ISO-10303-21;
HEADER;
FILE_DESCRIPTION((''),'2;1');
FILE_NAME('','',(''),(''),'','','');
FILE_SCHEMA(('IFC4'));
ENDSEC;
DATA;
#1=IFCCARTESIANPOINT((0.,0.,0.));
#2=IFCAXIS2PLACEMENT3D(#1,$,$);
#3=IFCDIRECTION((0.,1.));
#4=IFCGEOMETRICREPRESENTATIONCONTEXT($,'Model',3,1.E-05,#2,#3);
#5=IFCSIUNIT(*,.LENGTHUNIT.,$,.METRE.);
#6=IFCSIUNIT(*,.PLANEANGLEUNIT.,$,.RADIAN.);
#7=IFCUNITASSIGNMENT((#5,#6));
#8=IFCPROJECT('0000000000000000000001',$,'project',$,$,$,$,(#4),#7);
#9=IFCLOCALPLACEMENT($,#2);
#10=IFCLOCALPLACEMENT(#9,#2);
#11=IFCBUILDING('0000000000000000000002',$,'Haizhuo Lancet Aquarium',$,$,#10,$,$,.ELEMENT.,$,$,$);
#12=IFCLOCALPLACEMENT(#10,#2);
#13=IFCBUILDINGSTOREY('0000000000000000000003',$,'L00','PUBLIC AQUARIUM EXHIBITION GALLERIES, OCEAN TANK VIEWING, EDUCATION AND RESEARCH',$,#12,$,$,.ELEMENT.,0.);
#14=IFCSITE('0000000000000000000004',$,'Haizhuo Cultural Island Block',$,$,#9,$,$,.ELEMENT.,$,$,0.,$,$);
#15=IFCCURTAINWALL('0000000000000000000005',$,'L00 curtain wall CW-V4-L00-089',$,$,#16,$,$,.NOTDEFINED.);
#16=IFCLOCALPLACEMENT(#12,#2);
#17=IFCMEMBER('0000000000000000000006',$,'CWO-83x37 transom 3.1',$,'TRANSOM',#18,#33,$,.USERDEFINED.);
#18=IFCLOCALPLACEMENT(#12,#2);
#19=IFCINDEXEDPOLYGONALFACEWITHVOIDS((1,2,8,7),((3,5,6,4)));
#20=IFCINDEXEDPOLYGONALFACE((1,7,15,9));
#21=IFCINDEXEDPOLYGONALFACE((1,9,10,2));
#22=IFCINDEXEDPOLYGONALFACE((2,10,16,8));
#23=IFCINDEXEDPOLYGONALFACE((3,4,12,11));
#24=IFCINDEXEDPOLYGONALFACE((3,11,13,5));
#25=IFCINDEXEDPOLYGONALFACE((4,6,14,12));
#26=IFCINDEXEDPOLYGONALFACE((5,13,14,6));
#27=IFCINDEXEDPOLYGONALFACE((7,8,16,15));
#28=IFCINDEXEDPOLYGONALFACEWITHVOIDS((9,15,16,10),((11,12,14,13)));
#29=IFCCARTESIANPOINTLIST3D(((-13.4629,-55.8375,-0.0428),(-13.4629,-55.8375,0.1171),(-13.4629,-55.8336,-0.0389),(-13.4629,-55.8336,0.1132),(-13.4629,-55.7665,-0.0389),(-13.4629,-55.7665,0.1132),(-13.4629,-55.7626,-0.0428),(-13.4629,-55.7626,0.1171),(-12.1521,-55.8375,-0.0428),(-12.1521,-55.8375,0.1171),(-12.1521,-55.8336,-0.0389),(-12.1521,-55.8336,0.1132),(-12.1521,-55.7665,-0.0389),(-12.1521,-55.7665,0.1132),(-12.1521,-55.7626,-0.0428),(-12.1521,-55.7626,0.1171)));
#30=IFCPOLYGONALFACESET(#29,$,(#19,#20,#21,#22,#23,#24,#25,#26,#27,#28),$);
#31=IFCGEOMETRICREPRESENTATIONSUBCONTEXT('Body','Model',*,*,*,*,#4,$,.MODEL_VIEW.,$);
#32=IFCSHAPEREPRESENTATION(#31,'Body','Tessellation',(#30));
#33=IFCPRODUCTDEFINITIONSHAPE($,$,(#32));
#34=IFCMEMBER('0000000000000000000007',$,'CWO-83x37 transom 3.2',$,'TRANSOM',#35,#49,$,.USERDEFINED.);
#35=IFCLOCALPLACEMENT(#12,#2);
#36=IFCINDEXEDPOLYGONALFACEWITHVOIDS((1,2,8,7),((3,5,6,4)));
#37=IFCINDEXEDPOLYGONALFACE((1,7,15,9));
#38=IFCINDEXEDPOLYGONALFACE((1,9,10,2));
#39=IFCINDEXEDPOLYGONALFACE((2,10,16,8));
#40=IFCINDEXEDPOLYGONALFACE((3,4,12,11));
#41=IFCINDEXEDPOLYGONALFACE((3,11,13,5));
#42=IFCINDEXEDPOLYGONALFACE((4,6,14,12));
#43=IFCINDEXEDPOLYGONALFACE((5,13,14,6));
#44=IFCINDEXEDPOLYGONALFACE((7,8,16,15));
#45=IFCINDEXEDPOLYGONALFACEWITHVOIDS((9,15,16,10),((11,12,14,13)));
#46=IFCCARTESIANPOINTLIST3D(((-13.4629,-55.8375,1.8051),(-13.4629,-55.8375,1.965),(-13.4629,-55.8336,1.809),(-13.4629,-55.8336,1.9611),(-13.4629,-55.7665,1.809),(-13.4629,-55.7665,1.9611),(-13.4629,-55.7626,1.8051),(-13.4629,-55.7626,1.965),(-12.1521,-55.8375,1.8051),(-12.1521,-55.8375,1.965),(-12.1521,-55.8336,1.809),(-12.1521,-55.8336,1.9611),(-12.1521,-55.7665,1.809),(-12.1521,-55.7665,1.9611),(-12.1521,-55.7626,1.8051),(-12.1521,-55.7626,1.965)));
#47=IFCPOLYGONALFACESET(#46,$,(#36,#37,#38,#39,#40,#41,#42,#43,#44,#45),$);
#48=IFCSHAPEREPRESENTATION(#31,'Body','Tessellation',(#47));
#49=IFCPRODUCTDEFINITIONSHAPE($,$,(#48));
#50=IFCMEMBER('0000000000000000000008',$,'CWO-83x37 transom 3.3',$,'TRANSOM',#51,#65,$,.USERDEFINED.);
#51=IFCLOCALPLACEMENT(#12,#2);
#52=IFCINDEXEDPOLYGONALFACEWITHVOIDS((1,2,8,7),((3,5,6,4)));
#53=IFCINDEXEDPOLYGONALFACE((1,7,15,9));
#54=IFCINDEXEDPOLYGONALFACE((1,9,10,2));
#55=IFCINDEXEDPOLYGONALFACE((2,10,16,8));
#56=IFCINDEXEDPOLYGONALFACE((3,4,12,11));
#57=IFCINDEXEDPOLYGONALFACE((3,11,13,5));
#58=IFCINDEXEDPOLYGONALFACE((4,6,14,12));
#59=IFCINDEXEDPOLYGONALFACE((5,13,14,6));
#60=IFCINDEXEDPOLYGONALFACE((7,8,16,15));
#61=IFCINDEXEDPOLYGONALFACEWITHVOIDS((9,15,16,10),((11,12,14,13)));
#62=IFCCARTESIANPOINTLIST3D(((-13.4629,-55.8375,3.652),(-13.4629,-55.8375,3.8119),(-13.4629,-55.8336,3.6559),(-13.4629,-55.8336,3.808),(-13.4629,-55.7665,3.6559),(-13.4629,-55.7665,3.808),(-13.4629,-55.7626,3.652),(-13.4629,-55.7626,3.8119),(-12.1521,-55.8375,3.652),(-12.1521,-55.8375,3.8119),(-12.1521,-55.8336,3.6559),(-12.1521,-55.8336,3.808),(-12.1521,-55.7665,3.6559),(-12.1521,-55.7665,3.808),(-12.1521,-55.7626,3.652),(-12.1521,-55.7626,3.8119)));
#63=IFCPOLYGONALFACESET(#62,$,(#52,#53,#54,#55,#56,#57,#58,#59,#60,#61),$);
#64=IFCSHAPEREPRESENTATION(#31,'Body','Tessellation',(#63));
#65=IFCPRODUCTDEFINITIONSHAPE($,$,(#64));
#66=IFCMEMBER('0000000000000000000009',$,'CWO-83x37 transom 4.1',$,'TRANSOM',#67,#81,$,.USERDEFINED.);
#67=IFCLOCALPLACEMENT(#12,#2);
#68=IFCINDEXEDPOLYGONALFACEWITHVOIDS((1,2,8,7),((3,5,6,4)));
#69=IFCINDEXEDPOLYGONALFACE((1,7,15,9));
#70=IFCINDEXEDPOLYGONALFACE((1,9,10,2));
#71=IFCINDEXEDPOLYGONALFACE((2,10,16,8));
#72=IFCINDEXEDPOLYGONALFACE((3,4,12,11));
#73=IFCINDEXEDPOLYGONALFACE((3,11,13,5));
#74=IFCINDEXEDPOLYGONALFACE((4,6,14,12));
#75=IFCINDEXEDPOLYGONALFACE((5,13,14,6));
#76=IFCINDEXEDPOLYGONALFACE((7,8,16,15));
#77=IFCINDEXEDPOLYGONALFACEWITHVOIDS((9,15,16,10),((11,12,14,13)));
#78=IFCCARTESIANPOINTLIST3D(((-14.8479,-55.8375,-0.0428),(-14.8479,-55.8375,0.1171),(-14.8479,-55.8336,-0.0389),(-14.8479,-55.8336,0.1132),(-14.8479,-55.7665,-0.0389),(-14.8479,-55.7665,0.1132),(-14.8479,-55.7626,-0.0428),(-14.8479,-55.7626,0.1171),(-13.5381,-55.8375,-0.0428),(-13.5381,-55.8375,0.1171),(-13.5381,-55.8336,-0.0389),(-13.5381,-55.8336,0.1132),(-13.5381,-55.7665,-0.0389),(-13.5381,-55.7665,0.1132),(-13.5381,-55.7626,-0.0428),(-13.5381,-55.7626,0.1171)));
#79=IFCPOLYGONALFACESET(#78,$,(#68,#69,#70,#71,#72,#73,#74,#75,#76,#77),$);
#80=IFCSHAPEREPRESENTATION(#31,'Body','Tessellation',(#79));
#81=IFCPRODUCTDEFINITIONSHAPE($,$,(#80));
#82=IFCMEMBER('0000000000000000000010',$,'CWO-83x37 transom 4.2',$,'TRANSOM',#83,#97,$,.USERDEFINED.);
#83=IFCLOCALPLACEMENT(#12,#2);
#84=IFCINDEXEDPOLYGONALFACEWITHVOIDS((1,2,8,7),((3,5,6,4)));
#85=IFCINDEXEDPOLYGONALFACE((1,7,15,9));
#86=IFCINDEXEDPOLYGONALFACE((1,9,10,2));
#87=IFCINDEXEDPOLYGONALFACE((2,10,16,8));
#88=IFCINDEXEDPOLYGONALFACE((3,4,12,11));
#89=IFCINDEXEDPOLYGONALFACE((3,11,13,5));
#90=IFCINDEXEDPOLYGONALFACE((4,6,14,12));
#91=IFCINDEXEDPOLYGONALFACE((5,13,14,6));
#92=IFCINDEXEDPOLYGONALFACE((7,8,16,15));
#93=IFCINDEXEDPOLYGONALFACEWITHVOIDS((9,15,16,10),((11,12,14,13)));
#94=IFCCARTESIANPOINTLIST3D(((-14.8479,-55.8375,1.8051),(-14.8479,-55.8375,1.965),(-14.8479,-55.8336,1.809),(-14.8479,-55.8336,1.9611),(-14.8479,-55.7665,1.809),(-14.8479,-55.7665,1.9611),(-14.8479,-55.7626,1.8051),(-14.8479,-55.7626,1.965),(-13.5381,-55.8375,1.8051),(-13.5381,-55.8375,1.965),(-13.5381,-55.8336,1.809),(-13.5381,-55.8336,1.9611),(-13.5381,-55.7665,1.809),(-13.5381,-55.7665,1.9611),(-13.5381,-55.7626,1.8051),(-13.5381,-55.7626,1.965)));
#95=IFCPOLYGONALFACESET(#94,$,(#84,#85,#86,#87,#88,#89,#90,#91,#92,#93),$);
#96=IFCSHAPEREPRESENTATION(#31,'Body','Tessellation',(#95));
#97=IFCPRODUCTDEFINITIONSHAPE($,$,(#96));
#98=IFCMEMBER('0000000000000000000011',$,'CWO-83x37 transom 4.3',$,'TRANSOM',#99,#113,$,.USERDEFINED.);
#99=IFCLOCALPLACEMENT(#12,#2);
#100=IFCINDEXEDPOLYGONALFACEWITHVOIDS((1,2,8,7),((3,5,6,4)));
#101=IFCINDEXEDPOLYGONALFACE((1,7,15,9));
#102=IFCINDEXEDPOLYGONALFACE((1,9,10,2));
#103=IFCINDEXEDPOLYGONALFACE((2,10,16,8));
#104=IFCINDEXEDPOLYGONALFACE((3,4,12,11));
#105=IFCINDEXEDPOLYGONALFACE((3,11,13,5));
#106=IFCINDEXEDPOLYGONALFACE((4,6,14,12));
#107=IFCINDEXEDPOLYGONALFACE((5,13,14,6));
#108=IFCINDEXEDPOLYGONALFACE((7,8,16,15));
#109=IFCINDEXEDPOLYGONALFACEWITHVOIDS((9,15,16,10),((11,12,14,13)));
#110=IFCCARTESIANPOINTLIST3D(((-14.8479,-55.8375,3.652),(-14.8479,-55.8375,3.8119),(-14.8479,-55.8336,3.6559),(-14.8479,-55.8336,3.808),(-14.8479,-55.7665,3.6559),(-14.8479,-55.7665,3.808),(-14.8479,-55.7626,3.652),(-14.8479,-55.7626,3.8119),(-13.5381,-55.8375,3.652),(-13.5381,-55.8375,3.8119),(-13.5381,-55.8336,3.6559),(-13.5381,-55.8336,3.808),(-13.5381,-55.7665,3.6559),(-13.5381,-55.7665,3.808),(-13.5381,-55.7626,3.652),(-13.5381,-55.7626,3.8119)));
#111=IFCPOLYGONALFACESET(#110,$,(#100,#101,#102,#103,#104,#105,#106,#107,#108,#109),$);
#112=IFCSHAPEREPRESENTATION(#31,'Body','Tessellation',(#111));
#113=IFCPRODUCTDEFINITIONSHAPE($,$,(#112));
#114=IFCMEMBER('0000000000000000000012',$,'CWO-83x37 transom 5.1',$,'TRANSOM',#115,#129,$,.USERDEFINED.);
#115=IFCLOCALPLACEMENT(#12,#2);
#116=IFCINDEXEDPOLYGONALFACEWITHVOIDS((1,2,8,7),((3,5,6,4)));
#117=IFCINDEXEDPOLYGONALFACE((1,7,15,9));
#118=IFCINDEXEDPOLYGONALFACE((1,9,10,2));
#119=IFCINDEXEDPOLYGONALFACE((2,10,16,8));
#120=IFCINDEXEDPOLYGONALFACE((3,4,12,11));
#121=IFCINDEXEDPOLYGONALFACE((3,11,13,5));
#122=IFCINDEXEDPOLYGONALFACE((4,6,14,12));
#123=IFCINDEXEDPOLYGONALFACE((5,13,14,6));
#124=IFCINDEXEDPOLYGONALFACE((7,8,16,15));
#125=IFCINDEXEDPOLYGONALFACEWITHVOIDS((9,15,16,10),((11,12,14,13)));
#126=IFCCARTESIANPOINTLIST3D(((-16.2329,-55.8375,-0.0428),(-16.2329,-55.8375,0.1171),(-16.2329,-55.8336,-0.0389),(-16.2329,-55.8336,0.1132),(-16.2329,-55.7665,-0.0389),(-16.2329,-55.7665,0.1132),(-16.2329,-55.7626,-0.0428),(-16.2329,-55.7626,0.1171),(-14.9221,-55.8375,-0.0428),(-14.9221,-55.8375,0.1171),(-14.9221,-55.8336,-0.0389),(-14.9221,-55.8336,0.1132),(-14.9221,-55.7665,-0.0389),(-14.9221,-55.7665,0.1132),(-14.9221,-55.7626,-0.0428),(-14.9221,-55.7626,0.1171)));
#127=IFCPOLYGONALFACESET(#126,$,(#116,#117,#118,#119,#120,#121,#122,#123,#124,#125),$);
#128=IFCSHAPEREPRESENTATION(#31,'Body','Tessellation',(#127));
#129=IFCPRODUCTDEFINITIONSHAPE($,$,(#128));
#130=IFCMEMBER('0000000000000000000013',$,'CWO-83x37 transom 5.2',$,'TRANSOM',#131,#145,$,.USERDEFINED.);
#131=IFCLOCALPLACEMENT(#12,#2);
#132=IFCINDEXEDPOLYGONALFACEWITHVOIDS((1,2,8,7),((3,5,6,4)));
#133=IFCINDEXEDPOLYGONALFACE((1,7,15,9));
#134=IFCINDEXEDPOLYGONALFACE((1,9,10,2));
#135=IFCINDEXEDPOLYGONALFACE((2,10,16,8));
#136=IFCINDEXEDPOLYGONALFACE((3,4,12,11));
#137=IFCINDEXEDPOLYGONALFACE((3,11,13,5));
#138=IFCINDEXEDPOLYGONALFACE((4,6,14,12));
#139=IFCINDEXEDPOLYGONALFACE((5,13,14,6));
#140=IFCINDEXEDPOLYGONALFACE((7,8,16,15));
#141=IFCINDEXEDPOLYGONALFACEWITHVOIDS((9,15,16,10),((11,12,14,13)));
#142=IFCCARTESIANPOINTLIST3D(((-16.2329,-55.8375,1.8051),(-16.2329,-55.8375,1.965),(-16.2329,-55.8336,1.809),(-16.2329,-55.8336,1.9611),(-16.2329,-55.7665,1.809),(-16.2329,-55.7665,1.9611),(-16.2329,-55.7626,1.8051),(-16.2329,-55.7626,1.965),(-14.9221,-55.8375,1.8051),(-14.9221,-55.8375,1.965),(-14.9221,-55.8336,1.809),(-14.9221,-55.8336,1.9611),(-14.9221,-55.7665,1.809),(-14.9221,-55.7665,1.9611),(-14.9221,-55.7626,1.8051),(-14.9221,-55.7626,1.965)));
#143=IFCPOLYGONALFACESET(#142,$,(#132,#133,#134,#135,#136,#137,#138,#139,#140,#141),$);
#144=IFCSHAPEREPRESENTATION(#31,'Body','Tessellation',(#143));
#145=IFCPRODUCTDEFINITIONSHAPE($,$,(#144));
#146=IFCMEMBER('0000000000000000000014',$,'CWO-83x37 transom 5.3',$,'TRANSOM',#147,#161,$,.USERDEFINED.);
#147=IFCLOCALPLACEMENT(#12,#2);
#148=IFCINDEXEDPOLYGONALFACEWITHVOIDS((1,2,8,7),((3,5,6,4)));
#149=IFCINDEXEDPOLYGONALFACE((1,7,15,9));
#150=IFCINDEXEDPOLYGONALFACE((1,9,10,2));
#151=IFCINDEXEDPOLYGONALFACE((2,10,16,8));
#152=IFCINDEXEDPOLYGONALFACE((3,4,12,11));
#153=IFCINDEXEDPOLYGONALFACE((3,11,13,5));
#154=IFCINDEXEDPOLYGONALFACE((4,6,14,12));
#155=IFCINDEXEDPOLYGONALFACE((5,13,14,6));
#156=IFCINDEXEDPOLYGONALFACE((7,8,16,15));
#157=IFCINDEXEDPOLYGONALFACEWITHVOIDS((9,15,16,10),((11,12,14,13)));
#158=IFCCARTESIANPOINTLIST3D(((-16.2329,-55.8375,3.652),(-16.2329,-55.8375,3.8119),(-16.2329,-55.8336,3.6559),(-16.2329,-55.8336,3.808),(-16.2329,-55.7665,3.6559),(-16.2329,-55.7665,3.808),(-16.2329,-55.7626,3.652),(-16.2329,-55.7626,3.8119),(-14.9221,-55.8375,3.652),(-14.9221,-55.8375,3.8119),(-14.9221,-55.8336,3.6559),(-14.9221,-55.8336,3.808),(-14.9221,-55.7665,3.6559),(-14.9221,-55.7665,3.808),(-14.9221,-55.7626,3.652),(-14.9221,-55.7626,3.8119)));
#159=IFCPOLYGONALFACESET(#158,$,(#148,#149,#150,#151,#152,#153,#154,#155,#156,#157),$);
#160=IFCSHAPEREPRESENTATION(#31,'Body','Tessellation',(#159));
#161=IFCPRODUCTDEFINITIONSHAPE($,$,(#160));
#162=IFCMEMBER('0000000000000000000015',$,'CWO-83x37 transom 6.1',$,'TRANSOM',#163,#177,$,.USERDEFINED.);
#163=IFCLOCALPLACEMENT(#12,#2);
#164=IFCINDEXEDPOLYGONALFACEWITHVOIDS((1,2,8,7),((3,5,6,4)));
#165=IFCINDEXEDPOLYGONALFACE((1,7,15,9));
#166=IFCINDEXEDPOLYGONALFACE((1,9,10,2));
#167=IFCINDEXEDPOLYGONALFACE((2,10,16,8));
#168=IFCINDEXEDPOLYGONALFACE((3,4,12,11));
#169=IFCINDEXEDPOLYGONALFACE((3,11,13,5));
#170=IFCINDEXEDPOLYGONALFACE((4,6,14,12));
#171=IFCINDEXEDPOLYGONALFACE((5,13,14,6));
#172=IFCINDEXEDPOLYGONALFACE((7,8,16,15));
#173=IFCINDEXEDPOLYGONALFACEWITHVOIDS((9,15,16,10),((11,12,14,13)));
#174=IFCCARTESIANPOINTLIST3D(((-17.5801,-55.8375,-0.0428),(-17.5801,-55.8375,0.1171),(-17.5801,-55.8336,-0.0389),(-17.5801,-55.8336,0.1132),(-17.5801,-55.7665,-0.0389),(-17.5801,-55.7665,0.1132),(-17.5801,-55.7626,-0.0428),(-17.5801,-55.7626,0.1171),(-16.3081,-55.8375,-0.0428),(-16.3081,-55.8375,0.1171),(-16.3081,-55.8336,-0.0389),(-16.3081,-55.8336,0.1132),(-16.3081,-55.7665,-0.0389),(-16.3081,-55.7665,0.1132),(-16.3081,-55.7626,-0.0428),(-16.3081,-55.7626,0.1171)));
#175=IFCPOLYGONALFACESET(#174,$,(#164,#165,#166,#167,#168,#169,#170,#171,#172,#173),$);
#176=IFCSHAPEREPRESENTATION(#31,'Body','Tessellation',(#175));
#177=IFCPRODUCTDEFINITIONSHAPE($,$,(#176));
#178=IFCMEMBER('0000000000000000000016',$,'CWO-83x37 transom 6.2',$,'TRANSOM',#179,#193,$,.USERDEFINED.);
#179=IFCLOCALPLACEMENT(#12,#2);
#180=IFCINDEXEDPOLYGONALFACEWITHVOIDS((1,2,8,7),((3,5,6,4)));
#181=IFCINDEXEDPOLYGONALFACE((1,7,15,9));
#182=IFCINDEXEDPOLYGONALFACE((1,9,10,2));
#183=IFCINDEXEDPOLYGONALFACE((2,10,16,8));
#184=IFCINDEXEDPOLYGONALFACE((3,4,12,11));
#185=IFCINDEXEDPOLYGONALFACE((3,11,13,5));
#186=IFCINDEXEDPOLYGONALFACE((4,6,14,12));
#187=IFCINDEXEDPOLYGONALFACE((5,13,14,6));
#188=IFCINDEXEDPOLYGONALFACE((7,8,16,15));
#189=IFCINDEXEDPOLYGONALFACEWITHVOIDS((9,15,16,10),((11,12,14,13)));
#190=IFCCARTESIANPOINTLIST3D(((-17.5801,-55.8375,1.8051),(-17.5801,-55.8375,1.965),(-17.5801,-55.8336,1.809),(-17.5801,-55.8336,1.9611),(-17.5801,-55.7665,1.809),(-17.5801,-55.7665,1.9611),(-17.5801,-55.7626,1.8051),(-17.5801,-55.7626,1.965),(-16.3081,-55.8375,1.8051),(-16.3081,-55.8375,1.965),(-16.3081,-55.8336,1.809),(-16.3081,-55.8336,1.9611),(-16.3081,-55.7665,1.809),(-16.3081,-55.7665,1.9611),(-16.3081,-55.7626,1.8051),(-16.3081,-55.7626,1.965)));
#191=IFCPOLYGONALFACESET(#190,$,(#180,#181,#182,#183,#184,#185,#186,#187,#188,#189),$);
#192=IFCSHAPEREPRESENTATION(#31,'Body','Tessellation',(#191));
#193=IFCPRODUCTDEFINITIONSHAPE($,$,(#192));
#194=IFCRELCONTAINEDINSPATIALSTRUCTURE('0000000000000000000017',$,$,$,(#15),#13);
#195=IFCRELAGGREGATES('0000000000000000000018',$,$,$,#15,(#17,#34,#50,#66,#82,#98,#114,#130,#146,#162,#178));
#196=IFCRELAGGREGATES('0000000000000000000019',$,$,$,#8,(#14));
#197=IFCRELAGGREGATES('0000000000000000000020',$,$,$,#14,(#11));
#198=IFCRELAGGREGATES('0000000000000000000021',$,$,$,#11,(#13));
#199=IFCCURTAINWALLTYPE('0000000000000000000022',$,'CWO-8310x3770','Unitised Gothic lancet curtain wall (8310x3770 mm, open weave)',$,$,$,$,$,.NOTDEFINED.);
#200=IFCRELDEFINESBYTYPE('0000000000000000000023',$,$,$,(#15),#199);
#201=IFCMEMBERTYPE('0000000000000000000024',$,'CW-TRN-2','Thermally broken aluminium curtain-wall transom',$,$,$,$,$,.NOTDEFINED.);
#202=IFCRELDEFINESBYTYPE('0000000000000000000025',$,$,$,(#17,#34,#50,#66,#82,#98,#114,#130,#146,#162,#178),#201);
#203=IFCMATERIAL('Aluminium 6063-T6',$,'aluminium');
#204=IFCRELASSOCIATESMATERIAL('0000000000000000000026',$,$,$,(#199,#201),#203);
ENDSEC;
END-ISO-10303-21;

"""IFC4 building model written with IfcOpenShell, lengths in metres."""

from ifc_helpers import new_model, si_unit, direction, frame, origin, origin_2d, place, context, subcontext, project, spatial, hollow_rectangle, extrude, material, material_profile, profile_set, type_object, element, aggregate, save


model = new_model("IFC4")

# Units and contexts
model_context = context("Model", 3, precision=1e-05, world=origin(), true_north=direction((0.0, 1.0)))
body_context = subcontext(model_context, "Body", "Model", "MODEL_VIEW")
ifc_project = project(units=[si_unit("LENGTHUNIT", "METRE"), si_unit("PLANEANGLEUNIT", "RADIAN")], contexts=[model_context])

# Site, building, storey
site_placement = place(None, origin())
site = spatial("IfcSite", under=ifc_project, at=site_placement, Name="Haizhuo Cultural Island Block", CompositionType="ELEMENT", RefElevation=0.0)
building_placement = place(site_placement, origin())
building = spatial("IfcBuilding", under=site, at=building_placement, Name="Haizhuo Lancet Aquarium", CompositionType="ELEMENT")
storey_placement = place(building_placement, origin())
storey = spatial("IfcBuildingStorey", under=building, at=storey_placement, Name="L00", Description="PUBLIC AQUARIUM EXHIBITION GALLERIES, OCEAN TANK VIEWING, EDUCATION AND RESEARCH", CompositionType="ELEMENT", Elevation=0.0)

# Curtain wall, members
ifc_material_1 = material(Name="Aluminium 6063-T6", Category="aluminium")
curtain_wall_type = type_object("IfcCurtainWallType", Name="CWO-8310x3770", Description="Unitised Gothic lancet curtain wall (8310x3770 mm, open weave)", PredefinedType="NOTDEFINED", material=ifc_material_1)
curtain_wall_placement = place(storey_placement, origin())
curtain_wall = element("IfcCurtainWall", 1, at=curtain_wall_placement, inside=storey, type_object=curtain_wall_type, Name="L00 curtain wall CW-V4-L00-089", PredefinedType="NOTDEFINED")
ifc_material_profile_1 = material_profile(ifc_material_1, hollow_rectangle(XDim=0.075, YDim=0.1599, WallThickness=0.0039, at=origin_2d()), Name="ALU-T 75x160x4")
ifc_profile_set_1 = profile_set([ifc_material_profile_1], Name="Aluminium 6063-T6")
member_type_1 = type_object("IfcMemberType", Name="CW-TRN-2", Description="Thermally broken aluminium curtain-wall transom", PredefinedType="NOTDEFINED", material=ifc_profile_set_1)
member_1_placement = place(storey_placement, frame((-12.1521, -55.8, 0.0371), z_axis=(-1.0, 0.0, 0.0), x_axis=(0.0, -1.0, 0.0)))
member_1 = element("IfcMember", 2, at=member_1_placement, type_object=member_type_1, Name="CWO-83x37 transom 3.1", ObjectType="TRANSOM", PredefinedType="USERDEFINED", context=body_context, shape_type="SweptSolid", body=[
    extrude(hollow_rectangle(XDim=0.075, YDim=0.1599, WallThickness=0.0039, at=origin_2d()), origin(), (0.0, 0.0, 1.0), 1.3108),
])
member_2_placement = place(storey_placement, frame((-12.1521, -55.8, 1.885), z_axis=(-1.0, 0.0, 0.0), x_axis=(0.0, -1.0, 0.0)))
member_2 = element("IfcMember", 3, at=member_2_placement, type_object=member_type_1, Name="CWO-83x37 transom 3.2", ObjectType="TRANSOM", PredefinedType="USERDEFINED", context=body_context, shape_type="SweptSolid", body=[
    extrude(hollow_rectangle(XDim=0.075, YDim=0.1599, WallThickness=0.0039, at=origin_2d()), origin(), (0.0, 0.0, 1.0), 1.3108),
])
member_3_placement = place(storey_placement, frame((-12.1521, -55.8, 3.7319), z_axis=(-1.0, 0.0, 0.0), x_axis=(0.0, -1.0, 0.0)))
member_3 = element("IfcMember", 4, at=member_3_placement, type_object=member_type_1, Name="CWO-83x37 transom 3.3", ObjectType="TRANSOM", PredefinedType="USERDEFINED", context=body_context, shape_type="SweptSolid", body=[
    extrude(hollow_rectangle(XDim=0.075, YDim=0.1599, WallThickness=0.0039, at=origin_2d()), origin(), (0.0, 0.0, 1.0), 1.3108),
])
member_4_placement = place(storey_placement, frame((-13.5381, -55.8, 0.0371), z_axis=(-1.0, 0.0, 0.0), x_axis=(0.0, -1.0, 0.0)))
member_4 = element("IfcMember", 5, at=member_4_placement, type_object=member_type_1, Name="CWO-83x37 transom 4.1", ObjectType="TRANSOM", PredefinedType="USERDEFINED", context=body_context, shape_type="SweptSolid", body=[
    extrude(hollow_rectangle(XDim=0.075, YDim=0.1599, WallThickness=0.0039, at=origin_2d()), origin(), (0.0, 0.0, 1.0), 1.3098),
])
member_5_placement = place(storey_placement, frame((-13.5381, -55.8, 1.885), z_axis=(-1.0, 0.0, 0.0), x_axis=(0.0, -1.0, 0.0)))
member_5 = element("IfcMember", 6, at=member_5_placement, type_object=member_type_1, Name="CWO-83x37 transom 4.2", ObjectType="TRANSOM", PredefinedType="USERDEFINED", context=body_context, shape_type="SweptSolid", body=[
    extrude(hollow_rectangle(XDim=0.075, YDim=0.1599, WallThickness=0.0039, at=origin_2d()), origin(), (0.0, 0.0, 1.0), 1.3098),
])
member_6_placement = place(storey_placement, frame((-13.5381, -55.8, 3.7319), z_axis=(-1.0, 0.0, 0.0), x_axis=(0.0, -1.0, 0.0)))
member_6 = element("IfcMember", 7, at=member_6_placement, type_object=member_type_1, Name="CWO-83x37 transom 4.3", ObjectType="TRANSOM", PredefinedType="USERDEFINED", context=body_context, shape_type="SweptSolid", body=[
    extrude(hollow_rectangle(XDim=0.075, YDim=0.1599, WallThickness=0.0039, at=origin_2d()), origin(), (0.0, 0.0, 1.0), 1.3098),
])
member_7_placement = place(storey_placement, frame((-14.9221, -55.8, 0.0371), z_axis=(-1.0, 0.0, 0.0), x_axis=(0.0, -1.0, 0.0)))
member_7 = element("IfcMember", 8, at=member_7_placement, type_object=member_type_1, Name="CWO-83x37 transom 5.1", ObjectType="TRANSOM", PredefinedType="USERDEFINED", context=body_context, shape_type="SweptSolid", body=[
    extrude(hollow_rectangle(XDim=0.075, YDim=0.1599, WallThickness=0.0039, at=origin_2d()), origin(), (0.0, 0.0, 1.0), 1.3108),
])
member_8_placement = place(storey_placement, frame((-14.9221, -55.8, 1.885), z_axis=(-1.0, 0.0, 0.0), x_axis=(0.0, -1.0, 0.0)))
member_8 = element("IfcMember", 9, at=member_8_placement, type_object=member_type_1, Name="CWO-83x37 transom 5.2", ObjectType="TRANSOM", PredefinedType="USERDEFINED", context=body_context, shape_type="SweptSolid", body=[
    extrude(hollow_rectangle(XDim=0.075, YDim=0.1599, WallThickness=0.0039, at=origin_2d()), origin(), (0.0, 0.0, 1.0), 1.3108),
])
member_9_placement = place(storey_placement, frame((-14.9221, -55.8, 3.7319), z_axis=(-1.0, 0.0, 0.0), x_axis=(0.0, -1.0, 0.0)))
member_9 = element("IfcMember", 10, at=member_9_placement, type_object=member_type_1, Name="CWO-83x37 transom 5.3", ObjectType="TRANSOM", PredefinedType="USERDEFINED", context=body_context, shape_type="SweptSolid", body=[
    extrude(hollow_rectangle(XDim=0.075, YDim=0.1599, WallThickness=0.0039, at=origin_2d()), origin(), (0.0, 0.0, 1.0), 1.3108),
])
member_10_placement = place(storey_placement, frame((-16.3081, -55.8, 0.0371), z_axis=(-1.0, 0.0, 0.0), x_axis=(0.0, -1.0, 0.0)))
member_10 = element("IfcMember", 11, at=member_10_placement, type_object=member_type_1, Name="CWO-83x37 transom 6.1", ObjectType="TRANSOM", PredefinedType="USERDEFINED", context=body_context, shape_type="SweptSolid", body=[
    extrude(hollow_rectangle(XDim=0.075, YDim=0.1599, WallThickness=0.0039, at=origin_2d()), origin(), (0.0, 0.0, 1.0), 1.272),
])
member_11_placement = place(storey_placement, frame((-16.3081, -55.8, 1.885), z_axis=(-1.0, 0.0, 0.0), x_axis=(0.0, -1.0, 0.0)))
member_11 = element("IfcMember", 12, at=member_11_placement, type_object=member_type_1, Name="CWO-83x37 transom 6.2", ObjectType="TRANSOM", PredefinedType="USERDEFINED", context=body_context, shape_type="SweptSolid", body=[
    extrude(hollow_rectangle(XDim=0.075, YDim=0.1599, WallThickness=0.0039, at=origin_2d()), origin(), (0.0, 0.0, 1.0), 1.272),
])
aggregate(curtain_wall, [member_1, member_2, member_3, member_4, member_5, member_6, member_7, member_8, member_9, member_10, member_11])

save(model, "model.ifc")
